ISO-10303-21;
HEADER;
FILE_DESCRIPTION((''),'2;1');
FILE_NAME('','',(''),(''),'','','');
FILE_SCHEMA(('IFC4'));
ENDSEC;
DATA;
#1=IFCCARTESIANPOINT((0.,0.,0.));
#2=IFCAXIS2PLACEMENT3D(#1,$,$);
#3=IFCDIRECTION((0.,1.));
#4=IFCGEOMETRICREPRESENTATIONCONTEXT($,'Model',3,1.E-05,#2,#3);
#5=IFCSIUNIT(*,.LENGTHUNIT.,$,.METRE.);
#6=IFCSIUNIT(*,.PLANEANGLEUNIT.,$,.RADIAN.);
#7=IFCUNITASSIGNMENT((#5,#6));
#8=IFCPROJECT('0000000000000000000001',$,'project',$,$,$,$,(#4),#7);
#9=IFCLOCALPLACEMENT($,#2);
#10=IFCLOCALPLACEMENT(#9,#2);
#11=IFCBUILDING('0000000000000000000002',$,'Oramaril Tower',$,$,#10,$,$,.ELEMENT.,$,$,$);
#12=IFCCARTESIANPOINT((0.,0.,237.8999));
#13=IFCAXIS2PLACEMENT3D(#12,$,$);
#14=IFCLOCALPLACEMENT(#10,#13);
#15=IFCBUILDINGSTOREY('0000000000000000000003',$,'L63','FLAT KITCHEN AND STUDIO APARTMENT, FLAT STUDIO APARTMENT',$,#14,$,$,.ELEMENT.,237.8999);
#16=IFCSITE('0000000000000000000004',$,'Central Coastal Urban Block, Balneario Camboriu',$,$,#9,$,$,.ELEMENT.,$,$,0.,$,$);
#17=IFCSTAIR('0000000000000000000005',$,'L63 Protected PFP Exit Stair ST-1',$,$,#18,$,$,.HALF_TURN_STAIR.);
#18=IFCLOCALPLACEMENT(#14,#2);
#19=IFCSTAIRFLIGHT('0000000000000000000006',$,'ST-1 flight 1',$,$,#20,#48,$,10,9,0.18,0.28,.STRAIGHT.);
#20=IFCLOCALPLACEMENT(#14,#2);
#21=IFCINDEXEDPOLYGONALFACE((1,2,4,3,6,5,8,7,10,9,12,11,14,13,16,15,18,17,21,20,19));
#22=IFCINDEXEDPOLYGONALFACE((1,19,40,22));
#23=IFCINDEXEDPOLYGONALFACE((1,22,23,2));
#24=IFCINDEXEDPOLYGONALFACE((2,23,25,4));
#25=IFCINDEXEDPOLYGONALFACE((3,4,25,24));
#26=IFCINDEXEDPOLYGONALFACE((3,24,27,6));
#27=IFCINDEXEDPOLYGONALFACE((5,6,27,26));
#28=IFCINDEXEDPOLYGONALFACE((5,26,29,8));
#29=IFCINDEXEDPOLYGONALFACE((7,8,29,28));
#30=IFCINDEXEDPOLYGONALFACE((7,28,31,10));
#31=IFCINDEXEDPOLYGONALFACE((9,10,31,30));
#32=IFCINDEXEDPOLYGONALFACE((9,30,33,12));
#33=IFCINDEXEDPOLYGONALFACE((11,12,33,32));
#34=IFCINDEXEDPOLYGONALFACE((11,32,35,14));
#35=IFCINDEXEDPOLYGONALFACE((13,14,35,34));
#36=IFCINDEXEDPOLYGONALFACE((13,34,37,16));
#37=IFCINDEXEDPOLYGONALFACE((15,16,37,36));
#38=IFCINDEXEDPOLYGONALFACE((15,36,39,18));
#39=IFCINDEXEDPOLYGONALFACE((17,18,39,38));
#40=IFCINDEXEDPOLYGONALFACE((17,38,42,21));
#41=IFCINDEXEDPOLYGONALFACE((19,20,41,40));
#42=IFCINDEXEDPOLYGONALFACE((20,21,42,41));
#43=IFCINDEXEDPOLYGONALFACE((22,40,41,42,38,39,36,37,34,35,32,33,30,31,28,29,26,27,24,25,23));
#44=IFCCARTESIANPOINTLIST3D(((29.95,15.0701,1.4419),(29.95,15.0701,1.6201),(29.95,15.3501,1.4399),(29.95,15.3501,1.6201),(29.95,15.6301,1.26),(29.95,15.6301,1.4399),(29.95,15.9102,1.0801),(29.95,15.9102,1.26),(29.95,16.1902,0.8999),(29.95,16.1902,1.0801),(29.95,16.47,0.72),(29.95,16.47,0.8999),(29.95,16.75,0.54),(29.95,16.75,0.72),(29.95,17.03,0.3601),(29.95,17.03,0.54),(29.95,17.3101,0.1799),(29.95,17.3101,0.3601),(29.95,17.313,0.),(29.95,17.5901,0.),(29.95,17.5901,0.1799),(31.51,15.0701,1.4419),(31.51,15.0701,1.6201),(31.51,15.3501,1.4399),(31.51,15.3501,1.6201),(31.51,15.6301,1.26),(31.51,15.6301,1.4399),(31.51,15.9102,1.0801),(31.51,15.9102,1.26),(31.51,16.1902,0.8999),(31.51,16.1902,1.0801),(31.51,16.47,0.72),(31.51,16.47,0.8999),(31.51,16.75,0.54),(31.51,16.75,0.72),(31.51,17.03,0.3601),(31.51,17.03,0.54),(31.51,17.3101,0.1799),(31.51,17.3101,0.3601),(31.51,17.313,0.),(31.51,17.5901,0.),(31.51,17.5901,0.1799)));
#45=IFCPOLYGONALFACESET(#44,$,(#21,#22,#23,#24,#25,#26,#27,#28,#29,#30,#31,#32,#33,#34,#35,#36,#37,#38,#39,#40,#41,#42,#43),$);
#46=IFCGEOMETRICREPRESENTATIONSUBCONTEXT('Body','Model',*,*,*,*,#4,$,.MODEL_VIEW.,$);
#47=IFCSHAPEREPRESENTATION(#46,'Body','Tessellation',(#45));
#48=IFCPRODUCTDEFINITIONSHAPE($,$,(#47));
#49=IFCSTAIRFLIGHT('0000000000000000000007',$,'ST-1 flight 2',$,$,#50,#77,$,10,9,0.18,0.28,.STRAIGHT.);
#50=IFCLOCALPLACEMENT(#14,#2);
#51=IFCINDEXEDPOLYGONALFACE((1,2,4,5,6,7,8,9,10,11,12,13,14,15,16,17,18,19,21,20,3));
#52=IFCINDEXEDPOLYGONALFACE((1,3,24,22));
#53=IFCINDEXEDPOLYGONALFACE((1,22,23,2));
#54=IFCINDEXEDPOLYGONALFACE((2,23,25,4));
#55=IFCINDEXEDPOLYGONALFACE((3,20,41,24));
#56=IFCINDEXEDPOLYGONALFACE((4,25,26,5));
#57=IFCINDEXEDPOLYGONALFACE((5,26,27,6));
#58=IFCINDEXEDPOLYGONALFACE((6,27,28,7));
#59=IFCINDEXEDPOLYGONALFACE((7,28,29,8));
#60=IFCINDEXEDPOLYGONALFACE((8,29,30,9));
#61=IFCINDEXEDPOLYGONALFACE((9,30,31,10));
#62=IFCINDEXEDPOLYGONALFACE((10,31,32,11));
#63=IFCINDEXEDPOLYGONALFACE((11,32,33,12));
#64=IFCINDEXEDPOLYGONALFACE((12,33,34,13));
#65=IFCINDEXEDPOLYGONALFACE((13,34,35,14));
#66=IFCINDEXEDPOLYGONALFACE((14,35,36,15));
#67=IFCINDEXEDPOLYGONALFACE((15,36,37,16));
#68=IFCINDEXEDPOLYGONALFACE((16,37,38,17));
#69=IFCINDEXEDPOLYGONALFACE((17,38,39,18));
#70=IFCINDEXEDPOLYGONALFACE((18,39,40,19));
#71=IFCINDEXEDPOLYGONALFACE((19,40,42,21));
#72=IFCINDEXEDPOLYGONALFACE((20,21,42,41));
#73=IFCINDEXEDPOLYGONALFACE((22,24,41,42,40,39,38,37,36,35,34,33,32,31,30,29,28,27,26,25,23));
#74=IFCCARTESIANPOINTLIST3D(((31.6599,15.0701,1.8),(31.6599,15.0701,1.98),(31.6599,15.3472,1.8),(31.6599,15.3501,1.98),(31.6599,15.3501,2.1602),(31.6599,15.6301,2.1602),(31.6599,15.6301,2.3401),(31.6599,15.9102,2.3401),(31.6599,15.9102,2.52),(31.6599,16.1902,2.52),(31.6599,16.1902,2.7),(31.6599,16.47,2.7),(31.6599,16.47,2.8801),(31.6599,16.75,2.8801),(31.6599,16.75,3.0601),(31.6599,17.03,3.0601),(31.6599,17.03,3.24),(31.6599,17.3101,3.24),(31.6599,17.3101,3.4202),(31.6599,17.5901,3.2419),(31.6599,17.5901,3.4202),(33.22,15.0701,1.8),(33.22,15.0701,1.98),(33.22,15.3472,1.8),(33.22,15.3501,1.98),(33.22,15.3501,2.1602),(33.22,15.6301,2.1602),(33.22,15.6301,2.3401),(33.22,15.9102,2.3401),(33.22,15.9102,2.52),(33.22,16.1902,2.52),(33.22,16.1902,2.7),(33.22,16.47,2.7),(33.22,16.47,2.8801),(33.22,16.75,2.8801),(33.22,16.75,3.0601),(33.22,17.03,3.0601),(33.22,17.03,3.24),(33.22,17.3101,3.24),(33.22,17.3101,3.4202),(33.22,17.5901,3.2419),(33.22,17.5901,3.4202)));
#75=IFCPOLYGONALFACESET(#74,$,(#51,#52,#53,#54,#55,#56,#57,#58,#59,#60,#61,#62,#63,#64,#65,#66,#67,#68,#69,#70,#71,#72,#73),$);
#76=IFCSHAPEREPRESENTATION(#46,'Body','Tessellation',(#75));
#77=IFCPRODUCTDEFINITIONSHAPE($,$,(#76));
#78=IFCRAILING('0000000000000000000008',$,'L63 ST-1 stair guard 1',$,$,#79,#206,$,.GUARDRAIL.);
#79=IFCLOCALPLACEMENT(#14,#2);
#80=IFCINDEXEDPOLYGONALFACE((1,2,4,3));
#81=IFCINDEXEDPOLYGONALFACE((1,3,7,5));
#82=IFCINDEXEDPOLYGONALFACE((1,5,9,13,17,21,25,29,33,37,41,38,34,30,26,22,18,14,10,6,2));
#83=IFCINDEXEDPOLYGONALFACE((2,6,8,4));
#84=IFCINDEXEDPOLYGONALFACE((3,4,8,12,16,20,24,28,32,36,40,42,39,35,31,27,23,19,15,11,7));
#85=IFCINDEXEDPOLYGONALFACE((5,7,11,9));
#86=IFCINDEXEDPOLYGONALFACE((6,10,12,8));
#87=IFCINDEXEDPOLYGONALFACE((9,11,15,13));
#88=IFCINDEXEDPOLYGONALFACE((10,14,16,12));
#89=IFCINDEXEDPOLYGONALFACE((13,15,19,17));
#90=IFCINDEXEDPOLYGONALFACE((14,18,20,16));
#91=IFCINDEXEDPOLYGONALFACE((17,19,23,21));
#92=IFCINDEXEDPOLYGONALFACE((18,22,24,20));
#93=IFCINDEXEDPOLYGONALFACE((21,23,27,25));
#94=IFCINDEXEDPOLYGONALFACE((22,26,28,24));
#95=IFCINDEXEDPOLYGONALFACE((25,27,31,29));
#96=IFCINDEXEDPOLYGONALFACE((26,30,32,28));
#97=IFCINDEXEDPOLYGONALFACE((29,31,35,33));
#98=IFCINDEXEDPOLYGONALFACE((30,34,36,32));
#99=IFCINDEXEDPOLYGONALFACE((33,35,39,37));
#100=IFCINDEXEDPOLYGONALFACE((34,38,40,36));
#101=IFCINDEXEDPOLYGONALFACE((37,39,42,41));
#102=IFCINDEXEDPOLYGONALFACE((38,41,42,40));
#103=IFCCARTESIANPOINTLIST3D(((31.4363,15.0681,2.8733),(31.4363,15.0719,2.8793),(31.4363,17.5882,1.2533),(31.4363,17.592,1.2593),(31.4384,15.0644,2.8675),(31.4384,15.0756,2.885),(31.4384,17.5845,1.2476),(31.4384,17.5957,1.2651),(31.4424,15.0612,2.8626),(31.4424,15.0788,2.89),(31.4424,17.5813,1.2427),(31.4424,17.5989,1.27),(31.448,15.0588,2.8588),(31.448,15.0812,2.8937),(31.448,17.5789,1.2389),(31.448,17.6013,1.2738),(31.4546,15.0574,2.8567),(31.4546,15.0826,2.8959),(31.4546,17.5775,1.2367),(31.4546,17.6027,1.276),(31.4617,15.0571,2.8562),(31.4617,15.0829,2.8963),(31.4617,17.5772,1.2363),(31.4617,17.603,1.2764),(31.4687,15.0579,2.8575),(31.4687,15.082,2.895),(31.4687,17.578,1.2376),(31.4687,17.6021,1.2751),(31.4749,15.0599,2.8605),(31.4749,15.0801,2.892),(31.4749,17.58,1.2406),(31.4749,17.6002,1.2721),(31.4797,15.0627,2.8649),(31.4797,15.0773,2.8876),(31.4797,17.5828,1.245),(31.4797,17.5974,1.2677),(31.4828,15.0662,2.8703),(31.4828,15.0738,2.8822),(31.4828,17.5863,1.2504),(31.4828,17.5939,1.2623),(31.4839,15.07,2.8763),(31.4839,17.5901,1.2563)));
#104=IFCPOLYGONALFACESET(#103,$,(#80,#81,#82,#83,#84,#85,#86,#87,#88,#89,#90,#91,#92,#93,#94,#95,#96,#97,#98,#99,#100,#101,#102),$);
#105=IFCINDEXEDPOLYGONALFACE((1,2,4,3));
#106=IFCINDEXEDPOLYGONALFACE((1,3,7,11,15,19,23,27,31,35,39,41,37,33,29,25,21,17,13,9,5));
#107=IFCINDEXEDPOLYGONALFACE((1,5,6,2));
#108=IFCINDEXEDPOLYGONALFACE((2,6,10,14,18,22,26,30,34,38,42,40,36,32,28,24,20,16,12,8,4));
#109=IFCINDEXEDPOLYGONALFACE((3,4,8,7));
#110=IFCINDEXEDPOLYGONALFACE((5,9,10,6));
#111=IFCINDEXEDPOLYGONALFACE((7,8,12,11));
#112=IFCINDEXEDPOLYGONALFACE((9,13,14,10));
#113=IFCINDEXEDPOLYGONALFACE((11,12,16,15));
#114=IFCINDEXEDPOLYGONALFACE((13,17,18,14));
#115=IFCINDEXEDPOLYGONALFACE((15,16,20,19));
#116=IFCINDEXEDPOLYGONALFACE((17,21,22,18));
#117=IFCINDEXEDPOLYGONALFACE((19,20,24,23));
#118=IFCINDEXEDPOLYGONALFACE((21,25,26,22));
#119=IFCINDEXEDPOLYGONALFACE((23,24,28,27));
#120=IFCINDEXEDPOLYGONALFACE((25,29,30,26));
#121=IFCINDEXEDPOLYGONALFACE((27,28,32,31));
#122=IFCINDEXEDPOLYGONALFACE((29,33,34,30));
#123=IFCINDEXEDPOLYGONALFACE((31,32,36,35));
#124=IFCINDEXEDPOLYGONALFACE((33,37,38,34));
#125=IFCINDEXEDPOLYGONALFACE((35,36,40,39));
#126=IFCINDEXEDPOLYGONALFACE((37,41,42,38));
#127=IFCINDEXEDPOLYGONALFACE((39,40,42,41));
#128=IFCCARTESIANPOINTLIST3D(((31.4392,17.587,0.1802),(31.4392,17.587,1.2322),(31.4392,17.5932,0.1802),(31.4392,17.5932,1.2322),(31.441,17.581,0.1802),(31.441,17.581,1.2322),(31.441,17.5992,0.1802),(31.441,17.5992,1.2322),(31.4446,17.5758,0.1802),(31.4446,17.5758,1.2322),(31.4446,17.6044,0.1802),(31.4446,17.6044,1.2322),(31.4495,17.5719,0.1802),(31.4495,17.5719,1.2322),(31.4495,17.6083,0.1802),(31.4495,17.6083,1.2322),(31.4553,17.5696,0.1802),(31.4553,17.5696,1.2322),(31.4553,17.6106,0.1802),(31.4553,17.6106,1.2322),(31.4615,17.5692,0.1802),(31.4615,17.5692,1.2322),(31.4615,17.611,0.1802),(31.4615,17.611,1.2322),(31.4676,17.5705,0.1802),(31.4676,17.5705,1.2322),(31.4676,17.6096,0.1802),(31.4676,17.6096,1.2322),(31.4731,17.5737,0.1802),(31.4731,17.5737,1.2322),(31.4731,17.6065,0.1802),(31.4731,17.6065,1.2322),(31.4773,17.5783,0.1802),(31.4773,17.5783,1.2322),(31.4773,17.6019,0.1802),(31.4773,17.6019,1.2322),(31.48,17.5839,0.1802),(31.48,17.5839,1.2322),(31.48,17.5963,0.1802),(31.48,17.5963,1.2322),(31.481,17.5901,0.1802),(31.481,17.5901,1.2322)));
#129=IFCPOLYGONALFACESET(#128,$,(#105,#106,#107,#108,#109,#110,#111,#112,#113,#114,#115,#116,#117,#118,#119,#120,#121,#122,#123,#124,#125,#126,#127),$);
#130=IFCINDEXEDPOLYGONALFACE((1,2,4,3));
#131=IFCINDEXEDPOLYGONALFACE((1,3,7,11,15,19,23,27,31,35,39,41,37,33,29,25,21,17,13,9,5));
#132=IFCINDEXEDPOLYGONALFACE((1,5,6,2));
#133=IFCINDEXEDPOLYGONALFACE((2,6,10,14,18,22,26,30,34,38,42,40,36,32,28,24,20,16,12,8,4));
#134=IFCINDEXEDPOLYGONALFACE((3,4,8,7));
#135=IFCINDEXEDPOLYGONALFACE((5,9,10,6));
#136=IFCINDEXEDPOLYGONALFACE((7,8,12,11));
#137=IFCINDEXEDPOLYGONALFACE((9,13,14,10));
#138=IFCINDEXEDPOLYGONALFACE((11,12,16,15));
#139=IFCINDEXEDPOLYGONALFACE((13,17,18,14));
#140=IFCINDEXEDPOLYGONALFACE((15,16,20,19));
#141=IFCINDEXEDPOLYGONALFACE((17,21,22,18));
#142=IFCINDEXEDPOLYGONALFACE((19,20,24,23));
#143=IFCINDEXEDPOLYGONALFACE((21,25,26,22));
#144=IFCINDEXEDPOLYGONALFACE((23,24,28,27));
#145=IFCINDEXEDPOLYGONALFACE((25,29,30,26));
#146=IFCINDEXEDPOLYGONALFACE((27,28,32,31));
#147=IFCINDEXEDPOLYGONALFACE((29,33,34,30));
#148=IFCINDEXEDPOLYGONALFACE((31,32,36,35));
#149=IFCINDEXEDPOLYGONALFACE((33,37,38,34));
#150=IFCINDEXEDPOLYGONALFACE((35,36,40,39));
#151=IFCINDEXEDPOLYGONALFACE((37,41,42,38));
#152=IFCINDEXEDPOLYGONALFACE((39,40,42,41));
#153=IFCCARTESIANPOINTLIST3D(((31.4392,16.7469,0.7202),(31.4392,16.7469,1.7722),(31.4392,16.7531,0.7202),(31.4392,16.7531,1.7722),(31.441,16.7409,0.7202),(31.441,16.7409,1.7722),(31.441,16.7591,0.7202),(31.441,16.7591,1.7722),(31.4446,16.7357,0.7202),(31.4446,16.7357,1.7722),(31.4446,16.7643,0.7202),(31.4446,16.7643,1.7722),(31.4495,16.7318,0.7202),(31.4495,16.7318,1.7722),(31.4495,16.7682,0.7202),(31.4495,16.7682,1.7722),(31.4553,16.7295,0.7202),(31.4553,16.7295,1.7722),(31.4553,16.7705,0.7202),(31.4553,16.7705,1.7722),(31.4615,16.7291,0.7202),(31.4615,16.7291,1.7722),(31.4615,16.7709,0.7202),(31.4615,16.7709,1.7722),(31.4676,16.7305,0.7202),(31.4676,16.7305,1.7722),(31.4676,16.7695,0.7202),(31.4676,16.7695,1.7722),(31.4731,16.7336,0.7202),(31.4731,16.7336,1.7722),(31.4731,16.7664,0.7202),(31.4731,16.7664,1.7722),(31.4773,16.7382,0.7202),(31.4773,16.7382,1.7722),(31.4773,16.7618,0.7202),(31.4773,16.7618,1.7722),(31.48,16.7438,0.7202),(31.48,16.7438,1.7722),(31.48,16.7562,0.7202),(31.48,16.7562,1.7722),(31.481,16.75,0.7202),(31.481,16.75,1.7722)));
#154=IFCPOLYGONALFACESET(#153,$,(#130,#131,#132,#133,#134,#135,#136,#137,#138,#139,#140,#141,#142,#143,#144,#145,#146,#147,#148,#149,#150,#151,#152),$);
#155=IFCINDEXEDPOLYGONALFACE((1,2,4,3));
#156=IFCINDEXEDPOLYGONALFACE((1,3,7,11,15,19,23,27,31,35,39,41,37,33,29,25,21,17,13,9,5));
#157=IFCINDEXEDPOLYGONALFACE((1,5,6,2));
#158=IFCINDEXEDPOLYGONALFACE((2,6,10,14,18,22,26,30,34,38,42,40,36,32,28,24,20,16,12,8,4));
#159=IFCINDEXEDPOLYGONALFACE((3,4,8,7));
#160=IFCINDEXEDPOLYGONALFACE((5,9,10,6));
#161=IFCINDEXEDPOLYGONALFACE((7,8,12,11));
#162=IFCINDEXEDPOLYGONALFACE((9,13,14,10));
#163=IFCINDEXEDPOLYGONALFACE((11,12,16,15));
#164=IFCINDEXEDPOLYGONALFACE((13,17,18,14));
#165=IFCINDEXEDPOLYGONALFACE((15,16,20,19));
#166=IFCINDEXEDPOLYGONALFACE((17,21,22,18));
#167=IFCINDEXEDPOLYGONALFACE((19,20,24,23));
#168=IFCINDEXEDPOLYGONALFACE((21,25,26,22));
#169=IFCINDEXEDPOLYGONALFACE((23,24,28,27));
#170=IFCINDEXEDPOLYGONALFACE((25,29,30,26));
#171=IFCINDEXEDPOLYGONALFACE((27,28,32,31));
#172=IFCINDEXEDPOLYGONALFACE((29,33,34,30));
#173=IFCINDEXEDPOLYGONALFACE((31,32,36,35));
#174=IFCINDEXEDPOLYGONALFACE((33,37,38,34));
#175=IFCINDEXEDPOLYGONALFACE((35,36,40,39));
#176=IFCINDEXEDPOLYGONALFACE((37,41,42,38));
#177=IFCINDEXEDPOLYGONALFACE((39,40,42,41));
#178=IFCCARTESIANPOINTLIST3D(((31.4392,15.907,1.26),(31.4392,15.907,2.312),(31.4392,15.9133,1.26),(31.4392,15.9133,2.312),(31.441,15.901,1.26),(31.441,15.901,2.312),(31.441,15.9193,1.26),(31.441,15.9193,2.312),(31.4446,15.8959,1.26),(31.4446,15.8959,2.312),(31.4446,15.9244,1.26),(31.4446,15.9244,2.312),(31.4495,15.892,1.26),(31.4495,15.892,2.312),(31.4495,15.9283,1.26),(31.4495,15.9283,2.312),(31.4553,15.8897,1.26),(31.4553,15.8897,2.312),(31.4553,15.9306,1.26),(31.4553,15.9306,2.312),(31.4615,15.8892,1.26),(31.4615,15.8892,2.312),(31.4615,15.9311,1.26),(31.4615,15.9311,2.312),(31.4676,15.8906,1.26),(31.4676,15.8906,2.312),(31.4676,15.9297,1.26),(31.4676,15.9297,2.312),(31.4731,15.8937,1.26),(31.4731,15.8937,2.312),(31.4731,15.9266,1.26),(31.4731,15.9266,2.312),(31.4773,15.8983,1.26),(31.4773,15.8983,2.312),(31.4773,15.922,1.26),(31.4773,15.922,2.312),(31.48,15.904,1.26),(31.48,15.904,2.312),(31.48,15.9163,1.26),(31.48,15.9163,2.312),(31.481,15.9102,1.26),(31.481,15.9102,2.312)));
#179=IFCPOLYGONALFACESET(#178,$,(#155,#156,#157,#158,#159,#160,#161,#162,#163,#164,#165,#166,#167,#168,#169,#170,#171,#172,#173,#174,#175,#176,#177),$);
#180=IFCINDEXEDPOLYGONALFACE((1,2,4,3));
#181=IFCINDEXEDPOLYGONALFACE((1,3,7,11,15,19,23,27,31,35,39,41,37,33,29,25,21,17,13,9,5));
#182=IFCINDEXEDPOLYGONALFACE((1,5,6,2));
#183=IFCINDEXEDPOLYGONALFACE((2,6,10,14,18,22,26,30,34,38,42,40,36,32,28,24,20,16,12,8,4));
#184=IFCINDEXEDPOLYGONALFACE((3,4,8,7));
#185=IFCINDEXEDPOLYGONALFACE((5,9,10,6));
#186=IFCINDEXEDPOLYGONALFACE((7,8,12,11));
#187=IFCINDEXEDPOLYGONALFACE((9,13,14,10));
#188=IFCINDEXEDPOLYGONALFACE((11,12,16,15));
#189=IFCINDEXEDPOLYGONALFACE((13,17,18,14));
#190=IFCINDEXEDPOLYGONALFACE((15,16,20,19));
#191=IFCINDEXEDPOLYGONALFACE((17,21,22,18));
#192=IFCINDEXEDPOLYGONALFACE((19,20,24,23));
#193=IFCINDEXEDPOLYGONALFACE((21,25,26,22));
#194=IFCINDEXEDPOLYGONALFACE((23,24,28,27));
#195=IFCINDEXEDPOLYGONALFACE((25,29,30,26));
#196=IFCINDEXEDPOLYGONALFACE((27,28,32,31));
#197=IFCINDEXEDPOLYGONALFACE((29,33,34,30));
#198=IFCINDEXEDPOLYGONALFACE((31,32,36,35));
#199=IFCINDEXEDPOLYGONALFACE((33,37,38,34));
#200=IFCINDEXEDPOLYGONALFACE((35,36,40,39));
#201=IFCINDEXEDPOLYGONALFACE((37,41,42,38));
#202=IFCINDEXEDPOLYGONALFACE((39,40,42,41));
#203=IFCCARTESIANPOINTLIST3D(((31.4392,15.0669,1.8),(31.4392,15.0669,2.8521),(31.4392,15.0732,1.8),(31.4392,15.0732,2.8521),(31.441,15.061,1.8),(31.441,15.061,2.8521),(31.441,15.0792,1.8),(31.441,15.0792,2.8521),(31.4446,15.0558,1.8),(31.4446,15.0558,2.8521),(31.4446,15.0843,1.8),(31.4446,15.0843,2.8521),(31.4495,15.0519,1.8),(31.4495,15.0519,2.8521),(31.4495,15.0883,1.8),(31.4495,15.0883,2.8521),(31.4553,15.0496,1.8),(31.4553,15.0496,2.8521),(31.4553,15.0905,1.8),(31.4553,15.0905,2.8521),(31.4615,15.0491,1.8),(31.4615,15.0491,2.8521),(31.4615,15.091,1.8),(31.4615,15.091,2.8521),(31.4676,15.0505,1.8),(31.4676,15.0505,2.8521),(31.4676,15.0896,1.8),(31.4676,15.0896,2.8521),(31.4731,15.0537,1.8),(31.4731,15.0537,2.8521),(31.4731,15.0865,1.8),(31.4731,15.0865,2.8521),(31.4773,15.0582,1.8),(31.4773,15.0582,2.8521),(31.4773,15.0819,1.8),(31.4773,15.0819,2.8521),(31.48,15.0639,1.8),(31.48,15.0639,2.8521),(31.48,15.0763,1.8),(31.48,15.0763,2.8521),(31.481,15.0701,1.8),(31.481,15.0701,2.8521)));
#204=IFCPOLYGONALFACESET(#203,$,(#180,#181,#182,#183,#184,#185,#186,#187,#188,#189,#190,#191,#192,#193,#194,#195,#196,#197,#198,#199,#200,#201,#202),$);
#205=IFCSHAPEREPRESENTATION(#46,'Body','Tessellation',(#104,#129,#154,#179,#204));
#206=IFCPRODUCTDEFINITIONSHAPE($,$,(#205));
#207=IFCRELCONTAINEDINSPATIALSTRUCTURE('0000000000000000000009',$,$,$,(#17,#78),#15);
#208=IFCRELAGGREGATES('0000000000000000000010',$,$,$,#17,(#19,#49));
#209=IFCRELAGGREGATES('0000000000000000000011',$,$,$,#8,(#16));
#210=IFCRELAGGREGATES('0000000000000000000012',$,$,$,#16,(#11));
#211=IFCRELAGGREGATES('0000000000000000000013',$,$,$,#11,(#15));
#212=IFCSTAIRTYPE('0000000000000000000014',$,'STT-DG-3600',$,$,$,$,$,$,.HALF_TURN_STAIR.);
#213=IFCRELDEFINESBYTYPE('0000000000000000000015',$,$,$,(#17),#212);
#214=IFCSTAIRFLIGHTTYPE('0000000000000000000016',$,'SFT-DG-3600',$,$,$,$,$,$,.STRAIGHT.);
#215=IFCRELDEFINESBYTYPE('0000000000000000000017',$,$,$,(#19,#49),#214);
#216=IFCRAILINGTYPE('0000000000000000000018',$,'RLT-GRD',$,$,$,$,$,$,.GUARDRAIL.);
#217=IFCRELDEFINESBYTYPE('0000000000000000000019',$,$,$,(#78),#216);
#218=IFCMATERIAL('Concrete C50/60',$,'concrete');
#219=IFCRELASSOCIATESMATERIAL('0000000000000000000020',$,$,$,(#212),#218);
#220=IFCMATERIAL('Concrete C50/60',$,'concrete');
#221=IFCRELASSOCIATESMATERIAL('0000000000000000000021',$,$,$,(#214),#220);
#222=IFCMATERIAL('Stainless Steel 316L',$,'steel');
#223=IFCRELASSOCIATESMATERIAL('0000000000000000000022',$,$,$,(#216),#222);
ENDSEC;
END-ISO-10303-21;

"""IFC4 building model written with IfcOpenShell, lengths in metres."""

from ifc_helpers import new_model, si_unit, direction, frame, origin, origin_2d, place, context, subcontext, project, spatial, polyline, circle, outline, extrude, material, type_object, element, aggregate, save


model = new_model("IFC4")

# Units and contexts
model_context = context("Model", 3, precision=1e-05, world=origin(), true_north=direction((0.0, 1.0)))
body_context = subcontext(model_context, "Body", "Model", "MODEL_VIEW")
ifc_project = project(units=[si_unit("LENGTHUNIT", "METRE"), si_unit("PLANEANGLEUNIT", "RADIAN")], contexts=[model_context])

# Site, building, storey
site_placement = place(None, origin())
site = spatial("IfcSite", under=ifc_project, at=site_placement, Name="Central Coastal Urban Block, Balneario Camboriu", CompositionType="ELEMENT", RefElevation=0.0)
building_placement = place(site_placement, origin())
building = spatial("IfcBuilding", under=site, at=building_placement, Name="Oramaril Tower", CompositionType="ELEMENT")
storey_placement = place(building_placement, frame((0.0, 0.0, 237.8999)))
storey = spatial("IfcBuildingStorey", under=building, at=storey_placement, Name="L63", Description="FLAT KITCHEN AND STUDIO APARTMENT, FLAT STUDIO APARTMENT", CompositionType="ELEMENT", Elevation=237.8999)

# Stair, stair flights
ifc_material_1 = material(Name="Concrete C50/60", Category="concrete")
stair_type = type_object("IfcStairType", Name="STT-DG-3600", PredefinedType="HALF_TURN_STAIR", material=ifc_material_1)
stair_placement = place(storey_placement, origin())
stair = element("IfcStair", 1, at=stair_placement, inside=storey, type_object=stair_type, Name="L63 Protected PFP Exit Stair ST-1", PredefinedType="HALF_TURN_STAIR")
ifc_material_2 = material(Name="Concrete C50/60", Category="concrete")
stair_flight_type = type_object("IfcStairFlightType", Name="SFT-DG-3600", PredefinedType="STRAIGHT", material=ifc_material_2)
stair_flight_1_placement = place(storey_placement, frame((30.73, 17.5901, 0.0), z_axis=(0.0, 0.0, 1.0), x_axis=(0.0, -1.0, 0.0)))
stair_flight_1 = element("IfcStairFlight", 2, at=stair_flight_1_placement, type_object=stair_flight_type, Name="ST-1 flight 1", NumberOfRisers=10, NumberOfTreads=9, PredefinedType="STRAIGHT", RiserHeight=0.18, TreadLength=0.28, context=body_context, shape_type="SweptSolid", body=[
    extrude(outline(polyline([(0.0, 0.0), (0.0, 0.1799), (0.28, 0.1799), (0.28, 0.3601), (0.5601, 0.3601), (0.5601, 0.54), (0.8401, 0.54), (0.8401, 0.72), (1.1201, 0.72), (1.1201, 0.8999), (1.3999, 0.8999), (1.3999, 1.0801), (1.6799, 1.0801), (1.6799, 1.26), (1.96, 1.26), (1.96, 1.4399), (2.24, 1.4399), (2.24, 1.6201), (2.52, 1.6201), (2.52, 1.8), (2.52, 1.4419), (0.2771, 0.0), (0.0, 0.0)])), frame((0.0, 0.78, 0.0), z_axis=(0.0, -1.0, 0.0), x_axis=(1.0, 0.0, 0.0)), (0.0, 0.0, 1.0), 1.5601),
])
stair_flight_2_placement = place(storey_placement, frame((32.4399, 15.0701, 1.8), z_axis=(0.0, 0.0, 1.0), x_axis=(0.0, 1.0, 0.0)))
stair_flight_2 = element("IfcStairFlight", 3, at=stair_flight_2_placement, type_object=stair_flight_type, Name="ST-1 flight 2", NumberOfRisers=10, NumberOfTreads=9, PredefinedType="STRAIGHT", RiserHeight=0.18, TreadLength=0.28, context=body_context, shape_type="SweptSolid", body=[
    extrude(outline(polyline([(0.0, 0.0), (0.0, 0.1799), (0.28, 0.1799), (0.28, 0.3601), (0.5601, 0.3601), (0.5601, 0.54), (0.8401, 0.54), (0.8401, 0.72), (1.1201, 0.72), (1.1201, 0.8999), (1.3999, 0.8999), (1.3999, 1.0801), (1.6799, 1.0801), (1.6799, 1.26), (1.96, 1.26), (1.96, 1.4399), (2.24, 1.4399), (2.24, 1.6201), (2.52, 1.6201), (2.52, 1.8), (2.52, 1.4419), (0.2771, 0.0), (0.0, 0.0)])), frame((0.0, 0.78, 0.0), z_axis=(0.0, -1.0, 0.0), x_axis=(1.0, 0.0, 0.0)), (0.0, 0.0, 1.0), 1.5601),
])
aggregate(stair, [stair_flight_1, stair_flight_2])

# Railing
ifc_material_3 = material(Name="Stainless Steel 316L", Category="steel")
railing_type_1 = type_object("IfcRailingType", Name="RLT-GRD", PredefinedType="GUARDRAIL", material=ifc_material_3)
railing_1_placement = place(storey_placement, frame((31.46, 17.5901, 0.1802)))
element("IfcRailing", 4, at=railing_1_placement, inside=storey, type_object=railing_type_1, Name="L63 ST-1 stair guard 1", PredefinedType="GUARDRAIL", context=body_context, shape_type="SweptSolid", body=[
    extrude(circle(Radius=0.0239, at=origin_2d()), frame((0.0, 0.0, 1.0762), z_axis=(0.0, -0.8412, 0.540725), x_axis=(1.0, 0.0, 0.0)), (0.0, 0.0, 1.0), 2.9958),
    extrude(circle(Radius=0.021, at=origin_2d()), origin(), (0.0, 0.0, 1.0), 1.052),
    extrude(circle(Radius=0.021, at=origin_2d()), frame((0.0, -0.8401, 0.54)), (0.0, 0.0, 1.0), 1.052),
    extrude(circle(Radius=0.021, at=origin_2d()), frame((0.0, -1.6799, 1.0798)), (0.0, 0.0, 1.0), 1.052),
    extrude(circle(Radius=0.021, at=origin_2d()), frame((0.0, -2.52, 1.6199)), (0.0, 0.0, 1.0), 1.052),
])

save(model, "model.ifc")
